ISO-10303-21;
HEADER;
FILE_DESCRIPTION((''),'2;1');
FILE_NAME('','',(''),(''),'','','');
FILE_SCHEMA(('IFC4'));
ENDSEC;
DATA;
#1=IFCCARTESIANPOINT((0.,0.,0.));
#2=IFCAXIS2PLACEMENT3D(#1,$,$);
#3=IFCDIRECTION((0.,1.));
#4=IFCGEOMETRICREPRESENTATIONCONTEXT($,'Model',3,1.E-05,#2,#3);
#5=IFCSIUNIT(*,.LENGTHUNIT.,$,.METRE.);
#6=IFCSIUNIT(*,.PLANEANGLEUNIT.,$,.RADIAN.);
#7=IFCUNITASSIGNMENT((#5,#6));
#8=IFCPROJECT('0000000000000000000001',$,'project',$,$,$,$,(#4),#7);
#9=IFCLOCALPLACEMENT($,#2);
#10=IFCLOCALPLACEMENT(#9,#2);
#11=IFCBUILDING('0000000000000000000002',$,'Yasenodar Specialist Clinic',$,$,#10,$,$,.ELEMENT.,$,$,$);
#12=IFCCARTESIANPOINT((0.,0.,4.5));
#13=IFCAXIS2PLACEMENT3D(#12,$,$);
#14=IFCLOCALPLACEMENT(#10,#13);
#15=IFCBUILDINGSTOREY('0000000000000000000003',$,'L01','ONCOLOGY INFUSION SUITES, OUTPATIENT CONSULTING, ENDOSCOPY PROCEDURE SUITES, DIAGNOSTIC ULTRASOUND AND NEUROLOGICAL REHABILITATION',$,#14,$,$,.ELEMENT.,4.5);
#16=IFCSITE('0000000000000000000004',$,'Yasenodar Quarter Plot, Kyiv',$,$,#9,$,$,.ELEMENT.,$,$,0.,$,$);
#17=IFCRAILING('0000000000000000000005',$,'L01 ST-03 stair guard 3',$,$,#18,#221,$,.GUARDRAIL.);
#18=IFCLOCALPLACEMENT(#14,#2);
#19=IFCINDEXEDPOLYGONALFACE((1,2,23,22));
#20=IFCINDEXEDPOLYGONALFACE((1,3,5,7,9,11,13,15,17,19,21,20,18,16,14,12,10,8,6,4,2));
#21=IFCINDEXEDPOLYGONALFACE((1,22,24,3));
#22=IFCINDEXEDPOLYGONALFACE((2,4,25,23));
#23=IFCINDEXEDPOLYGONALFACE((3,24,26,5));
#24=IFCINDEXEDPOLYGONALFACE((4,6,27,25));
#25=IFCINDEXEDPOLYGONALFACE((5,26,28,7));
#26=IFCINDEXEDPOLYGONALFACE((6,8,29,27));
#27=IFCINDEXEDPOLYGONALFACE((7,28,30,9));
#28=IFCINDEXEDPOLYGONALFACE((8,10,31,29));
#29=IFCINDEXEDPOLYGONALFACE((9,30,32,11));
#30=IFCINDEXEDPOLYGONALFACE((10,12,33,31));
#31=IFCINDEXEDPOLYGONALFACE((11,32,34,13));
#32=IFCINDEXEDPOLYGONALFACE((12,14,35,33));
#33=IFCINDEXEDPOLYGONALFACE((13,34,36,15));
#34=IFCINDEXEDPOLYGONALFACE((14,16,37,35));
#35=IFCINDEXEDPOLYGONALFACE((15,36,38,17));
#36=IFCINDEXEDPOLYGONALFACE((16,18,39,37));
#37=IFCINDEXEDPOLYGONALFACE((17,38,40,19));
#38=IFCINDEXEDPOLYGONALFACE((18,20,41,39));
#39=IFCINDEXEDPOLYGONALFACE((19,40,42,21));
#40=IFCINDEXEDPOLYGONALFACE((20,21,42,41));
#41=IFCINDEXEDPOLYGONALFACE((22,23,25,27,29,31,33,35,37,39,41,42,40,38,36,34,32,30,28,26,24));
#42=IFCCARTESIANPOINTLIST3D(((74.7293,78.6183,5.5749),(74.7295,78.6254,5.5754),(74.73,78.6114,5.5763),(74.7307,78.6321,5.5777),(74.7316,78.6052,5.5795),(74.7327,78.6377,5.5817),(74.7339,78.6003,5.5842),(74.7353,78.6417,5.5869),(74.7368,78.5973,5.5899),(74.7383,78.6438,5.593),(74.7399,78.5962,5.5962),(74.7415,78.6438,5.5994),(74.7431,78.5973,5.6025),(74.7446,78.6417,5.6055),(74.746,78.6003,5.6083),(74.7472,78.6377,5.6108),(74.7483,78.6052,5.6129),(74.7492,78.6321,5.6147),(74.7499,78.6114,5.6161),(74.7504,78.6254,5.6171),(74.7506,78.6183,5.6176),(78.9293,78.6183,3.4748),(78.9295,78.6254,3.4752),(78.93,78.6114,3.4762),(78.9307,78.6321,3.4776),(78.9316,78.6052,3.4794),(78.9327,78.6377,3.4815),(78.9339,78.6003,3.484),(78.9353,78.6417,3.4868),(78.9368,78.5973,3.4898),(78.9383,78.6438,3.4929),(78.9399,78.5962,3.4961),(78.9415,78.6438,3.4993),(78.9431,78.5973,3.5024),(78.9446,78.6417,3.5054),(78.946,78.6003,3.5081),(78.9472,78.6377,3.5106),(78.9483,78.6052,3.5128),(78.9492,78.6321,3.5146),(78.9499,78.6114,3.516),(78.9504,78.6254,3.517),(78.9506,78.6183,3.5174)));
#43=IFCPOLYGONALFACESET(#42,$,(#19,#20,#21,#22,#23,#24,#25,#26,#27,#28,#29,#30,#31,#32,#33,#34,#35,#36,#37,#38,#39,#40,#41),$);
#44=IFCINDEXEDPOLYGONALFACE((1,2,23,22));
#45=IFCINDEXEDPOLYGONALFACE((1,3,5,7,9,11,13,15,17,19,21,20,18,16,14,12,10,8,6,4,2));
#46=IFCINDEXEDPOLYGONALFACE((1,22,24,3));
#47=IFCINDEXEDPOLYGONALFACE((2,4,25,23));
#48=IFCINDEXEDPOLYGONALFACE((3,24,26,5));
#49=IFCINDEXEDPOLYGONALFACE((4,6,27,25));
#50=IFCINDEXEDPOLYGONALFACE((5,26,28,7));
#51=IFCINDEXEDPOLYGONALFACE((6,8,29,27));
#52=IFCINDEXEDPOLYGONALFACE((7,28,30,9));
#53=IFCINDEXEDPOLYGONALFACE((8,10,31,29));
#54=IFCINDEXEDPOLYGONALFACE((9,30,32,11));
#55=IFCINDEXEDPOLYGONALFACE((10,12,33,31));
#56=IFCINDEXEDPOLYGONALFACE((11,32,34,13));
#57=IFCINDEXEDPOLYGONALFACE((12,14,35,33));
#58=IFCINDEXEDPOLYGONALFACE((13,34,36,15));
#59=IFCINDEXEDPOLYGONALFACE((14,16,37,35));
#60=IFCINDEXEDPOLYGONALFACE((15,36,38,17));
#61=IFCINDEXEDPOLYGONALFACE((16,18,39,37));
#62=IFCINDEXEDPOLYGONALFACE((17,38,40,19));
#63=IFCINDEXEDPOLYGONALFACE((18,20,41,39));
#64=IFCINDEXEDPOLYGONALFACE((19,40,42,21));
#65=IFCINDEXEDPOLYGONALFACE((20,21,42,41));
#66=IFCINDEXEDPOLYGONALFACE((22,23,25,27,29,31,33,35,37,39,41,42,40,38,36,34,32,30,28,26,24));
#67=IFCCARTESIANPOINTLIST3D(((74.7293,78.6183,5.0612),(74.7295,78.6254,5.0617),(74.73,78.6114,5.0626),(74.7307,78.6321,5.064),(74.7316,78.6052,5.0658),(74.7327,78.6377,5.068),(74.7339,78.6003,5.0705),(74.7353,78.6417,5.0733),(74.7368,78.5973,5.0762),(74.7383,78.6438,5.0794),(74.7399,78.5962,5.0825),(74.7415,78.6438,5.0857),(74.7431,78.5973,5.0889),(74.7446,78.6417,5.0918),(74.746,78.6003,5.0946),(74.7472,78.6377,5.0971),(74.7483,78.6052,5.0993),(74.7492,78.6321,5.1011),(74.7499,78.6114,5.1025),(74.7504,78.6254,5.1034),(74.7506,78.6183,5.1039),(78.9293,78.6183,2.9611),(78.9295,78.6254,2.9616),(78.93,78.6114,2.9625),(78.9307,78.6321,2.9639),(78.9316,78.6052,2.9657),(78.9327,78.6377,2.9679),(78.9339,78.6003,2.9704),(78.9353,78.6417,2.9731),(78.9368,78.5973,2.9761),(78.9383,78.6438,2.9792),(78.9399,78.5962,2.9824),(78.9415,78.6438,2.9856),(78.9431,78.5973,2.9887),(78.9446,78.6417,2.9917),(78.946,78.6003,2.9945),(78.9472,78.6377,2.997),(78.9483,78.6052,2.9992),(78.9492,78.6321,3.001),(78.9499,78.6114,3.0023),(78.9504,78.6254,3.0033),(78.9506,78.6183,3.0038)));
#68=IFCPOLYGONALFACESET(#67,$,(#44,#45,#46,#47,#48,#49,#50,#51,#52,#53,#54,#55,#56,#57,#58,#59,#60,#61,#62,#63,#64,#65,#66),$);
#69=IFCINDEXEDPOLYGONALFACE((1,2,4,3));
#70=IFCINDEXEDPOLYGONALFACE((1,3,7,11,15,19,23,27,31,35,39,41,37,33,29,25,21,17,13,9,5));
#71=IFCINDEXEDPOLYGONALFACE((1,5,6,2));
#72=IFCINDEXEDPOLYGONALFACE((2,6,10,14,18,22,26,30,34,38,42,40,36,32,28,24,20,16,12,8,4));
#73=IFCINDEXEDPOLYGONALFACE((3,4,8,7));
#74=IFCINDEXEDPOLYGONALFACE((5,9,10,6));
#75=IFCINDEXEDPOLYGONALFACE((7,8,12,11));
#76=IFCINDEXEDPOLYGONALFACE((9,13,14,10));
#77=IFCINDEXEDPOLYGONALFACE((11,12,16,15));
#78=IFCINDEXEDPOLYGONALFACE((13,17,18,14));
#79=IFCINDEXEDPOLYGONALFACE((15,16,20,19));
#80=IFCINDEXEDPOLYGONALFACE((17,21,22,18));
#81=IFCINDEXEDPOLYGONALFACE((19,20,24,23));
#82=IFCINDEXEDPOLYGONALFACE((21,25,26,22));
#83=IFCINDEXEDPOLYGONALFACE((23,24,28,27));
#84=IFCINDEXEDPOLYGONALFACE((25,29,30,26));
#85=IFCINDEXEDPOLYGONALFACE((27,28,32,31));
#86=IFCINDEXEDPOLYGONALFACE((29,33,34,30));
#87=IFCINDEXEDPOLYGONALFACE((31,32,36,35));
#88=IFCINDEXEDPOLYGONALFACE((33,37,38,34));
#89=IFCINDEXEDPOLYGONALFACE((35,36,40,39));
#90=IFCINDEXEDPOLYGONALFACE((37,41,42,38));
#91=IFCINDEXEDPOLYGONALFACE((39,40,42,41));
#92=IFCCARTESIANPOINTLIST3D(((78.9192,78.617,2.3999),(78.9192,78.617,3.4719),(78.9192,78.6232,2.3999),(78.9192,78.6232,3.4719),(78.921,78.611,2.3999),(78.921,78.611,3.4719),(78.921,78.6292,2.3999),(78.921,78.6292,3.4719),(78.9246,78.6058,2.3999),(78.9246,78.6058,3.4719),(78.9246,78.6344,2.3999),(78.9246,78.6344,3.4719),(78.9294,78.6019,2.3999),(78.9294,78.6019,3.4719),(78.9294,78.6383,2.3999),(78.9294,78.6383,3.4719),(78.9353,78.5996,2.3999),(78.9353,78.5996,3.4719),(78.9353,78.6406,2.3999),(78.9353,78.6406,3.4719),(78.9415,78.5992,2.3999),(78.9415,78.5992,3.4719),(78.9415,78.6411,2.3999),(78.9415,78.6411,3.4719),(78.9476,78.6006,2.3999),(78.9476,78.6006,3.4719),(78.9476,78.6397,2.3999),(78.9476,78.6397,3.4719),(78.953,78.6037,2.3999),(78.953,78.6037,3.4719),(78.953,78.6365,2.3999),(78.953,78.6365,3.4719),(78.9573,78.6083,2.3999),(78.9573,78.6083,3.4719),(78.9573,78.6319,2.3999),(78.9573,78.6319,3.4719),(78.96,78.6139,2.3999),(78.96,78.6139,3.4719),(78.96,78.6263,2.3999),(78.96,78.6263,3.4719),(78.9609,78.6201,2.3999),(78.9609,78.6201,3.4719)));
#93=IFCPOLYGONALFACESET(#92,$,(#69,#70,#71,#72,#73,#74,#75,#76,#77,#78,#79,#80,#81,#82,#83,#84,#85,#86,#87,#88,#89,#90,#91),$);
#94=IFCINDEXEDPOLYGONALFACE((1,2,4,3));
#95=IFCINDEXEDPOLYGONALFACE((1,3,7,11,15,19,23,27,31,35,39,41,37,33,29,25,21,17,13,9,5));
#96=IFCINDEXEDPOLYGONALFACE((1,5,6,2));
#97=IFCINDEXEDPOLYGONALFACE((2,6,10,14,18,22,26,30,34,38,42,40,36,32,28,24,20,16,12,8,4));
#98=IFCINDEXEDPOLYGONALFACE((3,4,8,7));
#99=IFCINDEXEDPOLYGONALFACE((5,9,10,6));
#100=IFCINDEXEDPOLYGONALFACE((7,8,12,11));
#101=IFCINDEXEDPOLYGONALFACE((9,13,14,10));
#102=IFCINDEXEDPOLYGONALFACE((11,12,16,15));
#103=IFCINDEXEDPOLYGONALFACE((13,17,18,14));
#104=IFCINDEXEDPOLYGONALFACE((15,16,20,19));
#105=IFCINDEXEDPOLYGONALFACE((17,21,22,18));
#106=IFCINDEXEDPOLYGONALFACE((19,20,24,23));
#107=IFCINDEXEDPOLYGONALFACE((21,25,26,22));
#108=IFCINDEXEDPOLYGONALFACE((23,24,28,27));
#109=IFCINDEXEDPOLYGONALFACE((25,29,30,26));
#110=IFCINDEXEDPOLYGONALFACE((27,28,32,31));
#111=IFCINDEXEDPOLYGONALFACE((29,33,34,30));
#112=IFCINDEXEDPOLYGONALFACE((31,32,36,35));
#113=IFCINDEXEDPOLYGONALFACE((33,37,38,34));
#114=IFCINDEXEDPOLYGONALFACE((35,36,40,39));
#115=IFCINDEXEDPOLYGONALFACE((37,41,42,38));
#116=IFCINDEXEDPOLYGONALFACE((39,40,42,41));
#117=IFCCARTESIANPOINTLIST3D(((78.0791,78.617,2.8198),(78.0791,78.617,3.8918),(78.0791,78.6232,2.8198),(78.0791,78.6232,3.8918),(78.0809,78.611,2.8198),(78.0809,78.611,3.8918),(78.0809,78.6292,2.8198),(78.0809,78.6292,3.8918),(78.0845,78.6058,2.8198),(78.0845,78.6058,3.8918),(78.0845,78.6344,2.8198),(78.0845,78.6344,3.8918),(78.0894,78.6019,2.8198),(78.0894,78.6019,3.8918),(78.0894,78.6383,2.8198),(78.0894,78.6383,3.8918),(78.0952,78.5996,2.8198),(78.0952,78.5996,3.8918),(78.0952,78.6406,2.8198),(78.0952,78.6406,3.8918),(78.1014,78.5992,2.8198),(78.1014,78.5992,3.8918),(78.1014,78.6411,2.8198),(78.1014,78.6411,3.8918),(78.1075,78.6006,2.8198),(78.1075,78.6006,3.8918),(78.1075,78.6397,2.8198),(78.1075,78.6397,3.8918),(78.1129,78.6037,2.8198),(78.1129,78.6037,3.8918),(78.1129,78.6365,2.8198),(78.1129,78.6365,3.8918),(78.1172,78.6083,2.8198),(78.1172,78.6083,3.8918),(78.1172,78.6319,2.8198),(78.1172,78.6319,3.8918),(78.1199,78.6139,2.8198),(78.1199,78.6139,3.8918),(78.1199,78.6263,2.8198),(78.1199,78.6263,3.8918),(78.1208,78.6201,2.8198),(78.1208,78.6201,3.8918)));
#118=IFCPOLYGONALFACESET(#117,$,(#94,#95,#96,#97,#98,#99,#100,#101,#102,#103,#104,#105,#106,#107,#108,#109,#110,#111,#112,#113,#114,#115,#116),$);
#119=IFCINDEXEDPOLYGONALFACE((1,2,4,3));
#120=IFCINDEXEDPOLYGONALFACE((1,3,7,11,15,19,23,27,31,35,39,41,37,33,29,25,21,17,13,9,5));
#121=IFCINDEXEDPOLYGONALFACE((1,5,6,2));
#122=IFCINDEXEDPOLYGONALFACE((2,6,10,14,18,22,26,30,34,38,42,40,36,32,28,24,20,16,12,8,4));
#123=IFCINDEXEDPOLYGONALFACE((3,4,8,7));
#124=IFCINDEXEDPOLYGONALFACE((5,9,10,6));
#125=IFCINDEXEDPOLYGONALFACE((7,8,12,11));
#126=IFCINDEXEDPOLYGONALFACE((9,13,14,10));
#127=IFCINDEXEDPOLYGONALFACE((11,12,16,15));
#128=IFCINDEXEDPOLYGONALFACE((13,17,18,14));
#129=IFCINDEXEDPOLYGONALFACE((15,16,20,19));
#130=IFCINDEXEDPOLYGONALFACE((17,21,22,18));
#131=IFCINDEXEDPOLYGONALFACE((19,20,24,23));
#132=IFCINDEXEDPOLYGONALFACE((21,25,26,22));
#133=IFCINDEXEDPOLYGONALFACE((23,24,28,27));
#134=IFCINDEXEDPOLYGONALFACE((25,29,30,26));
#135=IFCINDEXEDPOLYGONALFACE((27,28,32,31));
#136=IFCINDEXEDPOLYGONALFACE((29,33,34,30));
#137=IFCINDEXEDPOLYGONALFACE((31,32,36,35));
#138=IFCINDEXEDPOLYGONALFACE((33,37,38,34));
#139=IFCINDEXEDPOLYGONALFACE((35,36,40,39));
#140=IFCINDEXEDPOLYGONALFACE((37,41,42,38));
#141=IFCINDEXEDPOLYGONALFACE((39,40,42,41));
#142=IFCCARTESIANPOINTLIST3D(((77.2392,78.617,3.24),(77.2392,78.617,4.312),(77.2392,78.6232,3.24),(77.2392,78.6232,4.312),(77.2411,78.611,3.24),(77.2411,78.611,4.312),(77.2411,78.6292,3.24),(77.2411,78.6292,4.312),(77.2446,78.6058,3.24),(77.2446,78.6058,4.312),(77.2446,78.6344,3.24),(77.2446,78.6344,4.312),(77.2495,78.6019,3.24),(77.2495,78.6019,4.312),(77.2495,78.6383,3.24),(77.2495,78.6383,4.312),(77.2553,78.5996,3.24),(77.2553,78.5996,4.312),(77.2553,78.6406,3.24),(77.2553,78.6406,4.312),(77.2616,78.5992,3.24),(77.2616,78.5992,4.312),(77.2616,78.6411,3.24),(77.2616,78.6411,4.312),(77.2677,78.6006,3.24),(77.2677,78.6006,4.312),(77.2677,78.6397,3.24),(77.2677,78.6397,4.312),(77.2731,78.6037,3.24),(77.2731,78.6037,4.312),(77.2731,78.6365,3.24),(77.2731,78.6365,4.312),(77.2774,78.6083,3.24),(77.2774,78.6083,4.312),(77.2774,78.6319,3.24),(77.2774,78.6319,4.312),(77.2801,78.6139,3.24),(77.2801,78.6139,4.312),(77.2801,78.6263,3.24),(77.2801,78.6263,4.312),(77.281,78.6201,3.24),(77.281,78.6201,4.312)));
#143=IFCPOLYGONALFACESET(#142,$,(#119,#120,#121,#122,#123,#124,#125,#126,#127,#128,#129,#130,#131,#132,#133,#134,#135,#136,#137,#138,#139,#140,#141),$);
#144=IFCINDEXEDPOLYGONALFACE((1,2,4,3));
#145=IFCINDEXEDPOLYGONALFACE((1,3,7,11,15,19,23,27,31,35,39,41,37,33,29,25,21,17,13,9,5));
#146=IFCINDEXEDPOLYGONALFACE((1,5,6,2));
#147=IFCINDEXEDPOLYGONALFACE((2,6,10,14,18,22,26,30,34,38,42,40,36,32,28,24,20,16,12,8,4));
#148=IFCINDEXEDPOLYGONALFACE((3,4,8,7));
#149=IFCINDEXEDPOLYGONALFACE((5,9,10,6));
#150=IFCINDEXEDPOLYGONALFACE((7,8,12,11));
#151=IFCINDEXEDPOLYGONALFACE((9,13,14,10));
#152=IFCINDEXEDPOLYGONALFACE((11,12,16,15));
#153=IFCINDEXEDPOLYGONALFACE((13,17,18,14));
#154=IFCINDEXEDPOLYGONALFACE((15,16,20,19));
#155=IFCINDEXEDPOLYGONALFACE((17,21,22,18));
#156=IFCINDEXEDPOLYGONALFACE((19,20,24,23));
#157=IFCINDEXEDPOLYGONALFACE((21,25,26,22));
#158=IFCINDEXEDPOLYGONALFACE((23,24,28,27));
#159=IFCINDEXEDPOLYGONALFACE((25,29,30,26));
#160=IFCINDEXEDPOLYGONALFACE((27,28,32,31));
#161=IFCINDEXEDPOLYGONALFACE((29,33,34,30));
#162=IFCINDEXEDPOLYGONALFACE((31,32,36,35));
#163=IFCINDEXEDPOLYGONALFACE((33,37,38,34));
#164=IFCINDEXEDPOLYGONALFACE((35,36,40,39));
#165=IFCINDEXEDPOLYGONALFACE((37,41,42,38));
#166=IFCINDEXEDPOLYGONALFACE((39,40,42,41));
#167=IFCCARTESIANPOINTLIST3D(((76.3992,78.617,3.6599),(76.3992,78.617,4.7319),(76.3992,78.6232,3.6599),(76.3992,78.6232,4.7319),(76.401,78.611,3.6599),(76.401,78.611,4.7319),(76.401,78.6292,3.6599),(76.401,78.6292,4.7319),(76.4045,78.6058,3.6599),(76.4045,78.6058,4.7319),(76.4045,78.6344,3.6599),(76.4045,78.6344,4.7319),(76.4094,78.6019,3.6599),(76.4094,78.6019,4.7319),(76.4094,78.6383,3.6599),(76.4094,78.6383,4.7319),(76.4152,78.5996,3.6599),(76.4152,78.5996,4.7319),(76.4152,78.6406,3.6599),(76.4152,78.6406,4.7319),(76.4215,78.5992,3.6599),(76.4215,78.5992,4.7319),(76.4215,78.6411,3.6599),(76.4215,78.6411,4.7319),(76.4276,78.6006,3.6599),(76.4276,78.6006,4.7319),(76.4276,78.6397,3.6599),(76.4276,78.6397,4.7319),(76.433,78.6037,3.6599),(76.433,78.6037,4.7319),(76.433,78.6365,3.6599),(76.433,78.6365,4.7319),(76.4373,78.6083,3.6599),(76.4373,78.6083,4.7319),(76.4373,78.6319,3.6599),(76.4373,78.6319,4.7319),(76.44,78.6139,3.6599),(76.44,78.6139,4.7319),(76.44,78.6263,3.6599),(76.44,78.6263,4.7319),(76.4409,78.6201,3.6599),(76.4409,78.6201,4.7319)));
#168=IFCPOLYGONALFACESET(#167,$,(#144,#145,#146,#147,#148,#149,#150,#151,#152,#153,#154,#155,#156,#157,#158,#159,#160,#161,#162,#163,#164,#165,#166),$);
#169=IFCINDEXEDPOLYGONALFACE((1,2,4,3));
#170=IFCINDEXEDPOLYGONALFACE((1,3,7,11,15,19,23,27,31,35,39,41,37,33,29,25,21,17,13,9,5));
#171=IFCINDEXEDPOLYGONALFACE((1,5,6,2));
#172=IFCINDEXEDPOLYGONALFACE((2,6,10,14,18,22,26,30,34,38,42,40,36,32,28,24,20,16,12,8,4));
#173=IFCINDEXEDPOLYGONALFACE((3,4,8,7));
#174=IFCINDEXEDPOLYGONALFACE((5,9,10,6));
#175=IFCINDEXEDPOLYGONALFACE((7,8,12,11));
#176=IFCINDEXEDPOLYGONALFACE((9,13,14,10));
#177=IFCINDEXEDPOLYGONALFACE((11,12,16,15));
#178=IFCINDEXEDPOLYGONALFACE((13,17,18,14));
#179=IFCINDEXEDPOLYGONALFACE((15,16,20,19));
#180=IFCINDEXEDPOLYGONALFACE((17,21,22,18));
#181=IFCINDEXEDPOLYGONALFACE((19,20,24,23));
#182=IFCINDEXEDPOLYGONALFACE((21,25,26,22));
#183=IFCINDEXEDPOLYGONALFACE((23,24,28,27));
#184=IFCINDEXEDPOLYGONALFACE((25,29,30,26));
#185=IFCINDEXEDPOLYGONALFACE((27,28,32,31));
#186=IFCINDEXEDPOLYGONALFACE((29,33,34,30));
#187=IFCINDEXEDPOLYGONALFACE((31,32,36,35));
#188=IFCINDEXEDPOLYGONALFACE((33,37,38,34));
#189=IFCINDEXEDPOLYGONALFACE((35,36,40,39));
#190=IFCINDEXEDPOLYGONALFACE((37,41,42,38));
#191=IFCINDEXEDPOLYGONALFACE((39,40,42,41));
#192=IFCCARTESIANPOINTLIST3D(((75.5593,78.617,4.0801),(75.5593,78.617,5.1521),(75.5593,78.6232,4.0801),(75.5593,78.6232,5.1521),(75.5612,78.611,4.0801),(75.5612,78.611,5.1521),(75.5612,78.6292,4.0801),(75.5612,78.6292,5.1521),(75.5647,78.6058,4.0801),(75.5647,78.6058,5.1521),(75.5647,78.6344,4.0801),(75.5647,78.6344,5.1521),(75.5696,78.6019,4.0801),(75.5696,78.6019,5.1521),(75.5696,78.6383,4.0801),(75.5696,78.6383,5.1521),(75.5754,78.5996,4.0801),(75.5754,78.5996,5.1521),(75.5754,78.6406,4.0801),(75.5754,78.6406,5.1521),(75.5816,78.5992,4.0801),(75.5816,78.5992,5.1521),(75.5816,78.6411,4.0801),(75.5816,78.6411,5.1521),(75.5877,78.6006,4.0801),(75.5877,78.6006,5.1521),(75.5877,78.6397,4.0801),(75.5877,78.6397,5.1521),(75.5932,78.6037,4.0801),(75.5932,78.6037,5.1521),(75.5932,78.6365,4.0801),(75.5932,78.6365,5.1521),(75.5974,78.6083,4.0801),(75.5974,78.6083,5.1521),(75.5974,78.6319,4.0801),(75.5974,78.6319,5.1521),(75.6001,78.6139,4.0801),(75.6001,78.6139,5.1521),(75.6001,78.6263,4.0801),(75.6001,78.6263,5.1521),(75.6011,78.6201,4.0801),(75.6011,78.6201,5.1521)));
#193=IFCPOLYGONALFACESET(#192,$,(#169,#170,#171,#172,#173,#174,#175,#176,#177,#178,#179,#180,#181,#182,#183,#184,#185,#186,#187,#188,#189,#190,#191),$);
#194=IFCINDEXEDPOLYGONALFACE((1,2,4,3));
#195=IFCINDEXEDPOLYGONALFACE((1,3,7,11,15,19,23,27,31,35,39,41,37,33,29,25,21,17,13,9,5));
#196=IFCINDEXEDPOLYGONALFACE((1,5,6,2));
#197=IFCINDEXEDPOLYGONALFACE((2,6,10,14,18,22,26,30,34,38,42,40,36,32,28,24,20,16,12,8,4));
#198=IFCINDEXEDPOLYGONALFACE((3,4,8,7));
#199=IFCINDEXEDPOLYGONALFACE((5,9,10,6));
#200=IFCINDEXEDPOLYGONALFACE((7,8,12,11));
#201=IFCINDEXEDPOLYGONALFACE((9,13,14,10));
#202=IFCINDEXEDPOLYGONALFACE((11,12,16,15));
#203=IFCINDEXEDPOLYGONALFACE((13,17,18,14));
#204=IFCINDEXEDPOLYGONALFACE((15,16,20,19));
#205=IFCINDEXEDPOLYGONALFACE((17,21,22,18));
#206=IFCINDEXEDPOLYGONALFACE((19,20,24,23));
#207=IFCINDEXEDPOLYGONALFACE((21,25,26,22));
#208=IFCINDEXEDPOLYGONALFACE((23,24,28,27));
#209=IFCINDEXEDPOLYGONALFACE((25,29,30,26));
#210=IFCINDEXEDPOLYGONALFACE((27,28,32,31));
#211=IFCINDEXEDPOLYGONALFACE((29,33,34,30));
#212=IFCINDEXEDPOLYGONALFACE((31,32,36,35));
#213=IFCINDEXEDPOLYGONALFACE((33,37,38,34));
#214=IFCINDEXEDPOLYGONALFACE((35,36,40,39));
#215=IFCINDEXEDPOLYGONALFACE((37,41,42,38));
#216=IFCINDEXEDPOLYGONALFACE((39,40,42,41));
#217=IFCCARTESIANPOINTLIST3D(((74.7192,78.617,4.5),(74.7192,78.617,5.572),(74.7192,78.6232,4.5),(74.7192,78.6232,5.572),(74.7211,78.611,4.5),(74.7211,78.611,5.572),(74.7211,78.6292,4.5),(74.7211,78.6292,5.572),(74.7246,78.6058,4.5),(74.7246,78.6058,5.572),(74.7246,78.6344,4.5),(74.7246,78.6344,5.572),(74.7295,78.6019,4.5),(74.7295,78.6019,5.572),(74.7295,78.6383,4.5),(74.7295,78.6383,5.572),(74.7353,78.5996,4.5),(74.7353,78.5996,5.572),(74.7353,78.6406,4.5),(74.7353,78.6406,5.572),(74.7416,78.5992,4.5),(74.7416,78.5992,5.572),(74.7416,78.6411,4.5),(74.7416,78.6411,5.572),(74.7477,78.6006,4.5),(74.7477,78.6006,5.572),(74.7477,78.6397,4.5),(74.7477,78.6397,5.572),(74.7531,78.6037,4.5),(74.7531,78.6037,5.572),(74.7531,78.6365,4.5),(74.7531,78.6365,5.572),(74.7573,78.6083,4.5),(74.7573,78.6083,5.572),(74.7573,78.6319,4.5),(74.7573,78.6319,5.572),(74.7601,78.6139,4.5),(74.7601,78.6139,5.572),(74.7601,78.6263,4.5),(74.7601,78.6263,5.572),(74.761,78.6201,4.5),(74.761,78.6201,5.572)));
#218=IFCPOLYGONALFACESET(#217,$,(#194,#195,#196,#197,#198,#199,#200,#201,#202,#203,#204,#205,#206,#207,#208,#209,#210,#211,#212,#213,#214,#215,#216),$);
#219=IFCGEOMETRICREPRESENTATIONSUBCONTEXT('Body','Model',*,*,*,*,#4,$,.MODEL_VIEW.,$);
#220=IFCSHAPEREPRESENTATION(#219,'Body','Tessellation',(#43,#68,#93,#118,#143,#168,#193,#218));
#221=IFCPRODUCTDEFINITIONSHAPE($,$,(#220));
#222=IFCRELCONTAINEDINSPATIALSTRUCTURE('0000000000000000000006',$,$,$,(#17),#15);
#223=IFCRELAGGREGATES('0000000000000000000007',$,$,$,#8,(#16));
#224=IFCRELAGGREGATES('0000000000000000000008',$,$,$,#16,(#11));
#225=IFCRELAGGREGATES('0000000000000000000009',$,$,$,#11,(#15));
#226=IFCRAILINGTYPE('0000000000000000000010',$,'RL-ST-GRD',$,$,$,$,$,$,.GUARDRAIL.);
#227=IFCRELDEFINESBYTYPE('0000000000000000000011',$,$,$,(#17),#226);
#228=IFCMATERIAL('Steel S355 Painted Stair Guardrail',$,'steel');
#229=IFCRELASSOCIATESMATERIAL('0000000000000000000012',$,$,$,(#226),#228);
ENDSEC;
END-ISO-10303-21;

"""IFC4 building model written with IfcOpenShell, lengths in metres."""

from ifc_helpers import new_model, si_unit, direction, frame, origin, origin_2d, place, context, subcontext, project, spatial, circle, extrude, material, type_object, element, save


model = new_model("IFC4")

# Units and contexts
model_context = context("Model", 3, precision=1e-05, world=origin(), true_north=direction((0.0, 1.0)))
body_context = subcontext(model_context, "Body", "Model", "MODEL_VIEW")
ifc_project = project(units=[si_unit("LENGTHUNIT", "METRE"), si_unit("PLANEANGLEUNIT", "RADIAN")], contexts=[model_context])

# Site, building, storey
site_placement = place(None, origin())
site = spatial("IfcSite", under=ifc_project, at=site_placement, Name="Yasenodar Quarter Plot, Kyiv", CompositionType="ELEMENT", RefElevation=0.0)
building_placement = place(site_placement, origin())
building = spatial("IfcBuilding", under=site, at=building_placement, Name="Yasenodar Specialist Clinic", CompositionType="ELEMENT")
storey_placement = place(building_placement, frame((0.0, 0.0, 4.5)))
storey = spatial("IfcBuildingStorey", under=building, at=storey_placement, Name="L01", Description="ONCOLOGY INFUSION SUITES, OUTPATIENT CONSULTING, ENDOSCOPY PROCEDURE SUITES, DIAGNOSTIC ULTRASOUND AND NEUROLOGICAL REHABILITATION", CompositionType="ELEMENT", Elevation=4.5)

# Railing
ifc_material_1 = material(Name="Steel S355 Painted Stair Guardrail", Category="steel")
railing_type_1 = type_object("IfcRailingType", Name="RL-ST-GRD", PredefinedType="GUARDRAIL", material=ifc_material_1)
railing_1_placement = place(storey_placement, frame((78.9399, 78.6201, 2.3999)))
element("IfcRailing", 1, at=railing_1_placement, inside=storey, type_object=railing_type_1, Name="L01 ST-03 stair guard 3", PredefinedType="GUARDRAIL", context=body_context, shape_type="SweptSolid", body=[
    extrude(circle(Radius=0.0239, at=origin_2d()), frame((0.0, 0.0, 1.0962), z_axis=(-0.894417, 0.0, 0.447234), x_axis=(0.0, -1.0, 0.0)), (0.0, 0.0, 1.0), 4.6958),
    extrude(circle(Radius=0.0239, at=origin_2d()), frame((0.0, 0.0, 0.5825), z_axis=(-0.894417, 0.0, 0.447234), x_axis=(0.0, -1.0, 0.0)), (0.0, 0.0, 1.0), 4.6958),
    extrude(circle(Radius=0.021, at=origin_2d()), origin(), (0.0, 0.0, 1.0), 1.072),
    extrude(circle(Radius=0.021, at=origin_2d()), frame((-0.8401, 0.0, 0.4199)), (0.0, 0.0, 1.0), 1.072),
    extrude(circle(Radius=0.021, at=origin_2d()), frame((-1.6799, 0.0, 0.8401)), (0.0, 0.0, 1.0), 1.072),
    extrude(circle(Radius=0.021, at=origin_2d()), frame((-2.52, 0.0, 1.26)), (0.0, 0.0, 1.0), 1.072),
    extrude(circle(Radius=0.021, at=origin_2d()), frame((-3.3599, 0.0, 1.6802)), (0.0, 0.0, 1.0), 1.072),
    extrude(circle(Radius=0.021, at=origin_2d()), frame((-4.2, 0.0, 2.1001)), (0.0, 0.0, 1.0), 1.072),
])

save(model, "model.ifc")
